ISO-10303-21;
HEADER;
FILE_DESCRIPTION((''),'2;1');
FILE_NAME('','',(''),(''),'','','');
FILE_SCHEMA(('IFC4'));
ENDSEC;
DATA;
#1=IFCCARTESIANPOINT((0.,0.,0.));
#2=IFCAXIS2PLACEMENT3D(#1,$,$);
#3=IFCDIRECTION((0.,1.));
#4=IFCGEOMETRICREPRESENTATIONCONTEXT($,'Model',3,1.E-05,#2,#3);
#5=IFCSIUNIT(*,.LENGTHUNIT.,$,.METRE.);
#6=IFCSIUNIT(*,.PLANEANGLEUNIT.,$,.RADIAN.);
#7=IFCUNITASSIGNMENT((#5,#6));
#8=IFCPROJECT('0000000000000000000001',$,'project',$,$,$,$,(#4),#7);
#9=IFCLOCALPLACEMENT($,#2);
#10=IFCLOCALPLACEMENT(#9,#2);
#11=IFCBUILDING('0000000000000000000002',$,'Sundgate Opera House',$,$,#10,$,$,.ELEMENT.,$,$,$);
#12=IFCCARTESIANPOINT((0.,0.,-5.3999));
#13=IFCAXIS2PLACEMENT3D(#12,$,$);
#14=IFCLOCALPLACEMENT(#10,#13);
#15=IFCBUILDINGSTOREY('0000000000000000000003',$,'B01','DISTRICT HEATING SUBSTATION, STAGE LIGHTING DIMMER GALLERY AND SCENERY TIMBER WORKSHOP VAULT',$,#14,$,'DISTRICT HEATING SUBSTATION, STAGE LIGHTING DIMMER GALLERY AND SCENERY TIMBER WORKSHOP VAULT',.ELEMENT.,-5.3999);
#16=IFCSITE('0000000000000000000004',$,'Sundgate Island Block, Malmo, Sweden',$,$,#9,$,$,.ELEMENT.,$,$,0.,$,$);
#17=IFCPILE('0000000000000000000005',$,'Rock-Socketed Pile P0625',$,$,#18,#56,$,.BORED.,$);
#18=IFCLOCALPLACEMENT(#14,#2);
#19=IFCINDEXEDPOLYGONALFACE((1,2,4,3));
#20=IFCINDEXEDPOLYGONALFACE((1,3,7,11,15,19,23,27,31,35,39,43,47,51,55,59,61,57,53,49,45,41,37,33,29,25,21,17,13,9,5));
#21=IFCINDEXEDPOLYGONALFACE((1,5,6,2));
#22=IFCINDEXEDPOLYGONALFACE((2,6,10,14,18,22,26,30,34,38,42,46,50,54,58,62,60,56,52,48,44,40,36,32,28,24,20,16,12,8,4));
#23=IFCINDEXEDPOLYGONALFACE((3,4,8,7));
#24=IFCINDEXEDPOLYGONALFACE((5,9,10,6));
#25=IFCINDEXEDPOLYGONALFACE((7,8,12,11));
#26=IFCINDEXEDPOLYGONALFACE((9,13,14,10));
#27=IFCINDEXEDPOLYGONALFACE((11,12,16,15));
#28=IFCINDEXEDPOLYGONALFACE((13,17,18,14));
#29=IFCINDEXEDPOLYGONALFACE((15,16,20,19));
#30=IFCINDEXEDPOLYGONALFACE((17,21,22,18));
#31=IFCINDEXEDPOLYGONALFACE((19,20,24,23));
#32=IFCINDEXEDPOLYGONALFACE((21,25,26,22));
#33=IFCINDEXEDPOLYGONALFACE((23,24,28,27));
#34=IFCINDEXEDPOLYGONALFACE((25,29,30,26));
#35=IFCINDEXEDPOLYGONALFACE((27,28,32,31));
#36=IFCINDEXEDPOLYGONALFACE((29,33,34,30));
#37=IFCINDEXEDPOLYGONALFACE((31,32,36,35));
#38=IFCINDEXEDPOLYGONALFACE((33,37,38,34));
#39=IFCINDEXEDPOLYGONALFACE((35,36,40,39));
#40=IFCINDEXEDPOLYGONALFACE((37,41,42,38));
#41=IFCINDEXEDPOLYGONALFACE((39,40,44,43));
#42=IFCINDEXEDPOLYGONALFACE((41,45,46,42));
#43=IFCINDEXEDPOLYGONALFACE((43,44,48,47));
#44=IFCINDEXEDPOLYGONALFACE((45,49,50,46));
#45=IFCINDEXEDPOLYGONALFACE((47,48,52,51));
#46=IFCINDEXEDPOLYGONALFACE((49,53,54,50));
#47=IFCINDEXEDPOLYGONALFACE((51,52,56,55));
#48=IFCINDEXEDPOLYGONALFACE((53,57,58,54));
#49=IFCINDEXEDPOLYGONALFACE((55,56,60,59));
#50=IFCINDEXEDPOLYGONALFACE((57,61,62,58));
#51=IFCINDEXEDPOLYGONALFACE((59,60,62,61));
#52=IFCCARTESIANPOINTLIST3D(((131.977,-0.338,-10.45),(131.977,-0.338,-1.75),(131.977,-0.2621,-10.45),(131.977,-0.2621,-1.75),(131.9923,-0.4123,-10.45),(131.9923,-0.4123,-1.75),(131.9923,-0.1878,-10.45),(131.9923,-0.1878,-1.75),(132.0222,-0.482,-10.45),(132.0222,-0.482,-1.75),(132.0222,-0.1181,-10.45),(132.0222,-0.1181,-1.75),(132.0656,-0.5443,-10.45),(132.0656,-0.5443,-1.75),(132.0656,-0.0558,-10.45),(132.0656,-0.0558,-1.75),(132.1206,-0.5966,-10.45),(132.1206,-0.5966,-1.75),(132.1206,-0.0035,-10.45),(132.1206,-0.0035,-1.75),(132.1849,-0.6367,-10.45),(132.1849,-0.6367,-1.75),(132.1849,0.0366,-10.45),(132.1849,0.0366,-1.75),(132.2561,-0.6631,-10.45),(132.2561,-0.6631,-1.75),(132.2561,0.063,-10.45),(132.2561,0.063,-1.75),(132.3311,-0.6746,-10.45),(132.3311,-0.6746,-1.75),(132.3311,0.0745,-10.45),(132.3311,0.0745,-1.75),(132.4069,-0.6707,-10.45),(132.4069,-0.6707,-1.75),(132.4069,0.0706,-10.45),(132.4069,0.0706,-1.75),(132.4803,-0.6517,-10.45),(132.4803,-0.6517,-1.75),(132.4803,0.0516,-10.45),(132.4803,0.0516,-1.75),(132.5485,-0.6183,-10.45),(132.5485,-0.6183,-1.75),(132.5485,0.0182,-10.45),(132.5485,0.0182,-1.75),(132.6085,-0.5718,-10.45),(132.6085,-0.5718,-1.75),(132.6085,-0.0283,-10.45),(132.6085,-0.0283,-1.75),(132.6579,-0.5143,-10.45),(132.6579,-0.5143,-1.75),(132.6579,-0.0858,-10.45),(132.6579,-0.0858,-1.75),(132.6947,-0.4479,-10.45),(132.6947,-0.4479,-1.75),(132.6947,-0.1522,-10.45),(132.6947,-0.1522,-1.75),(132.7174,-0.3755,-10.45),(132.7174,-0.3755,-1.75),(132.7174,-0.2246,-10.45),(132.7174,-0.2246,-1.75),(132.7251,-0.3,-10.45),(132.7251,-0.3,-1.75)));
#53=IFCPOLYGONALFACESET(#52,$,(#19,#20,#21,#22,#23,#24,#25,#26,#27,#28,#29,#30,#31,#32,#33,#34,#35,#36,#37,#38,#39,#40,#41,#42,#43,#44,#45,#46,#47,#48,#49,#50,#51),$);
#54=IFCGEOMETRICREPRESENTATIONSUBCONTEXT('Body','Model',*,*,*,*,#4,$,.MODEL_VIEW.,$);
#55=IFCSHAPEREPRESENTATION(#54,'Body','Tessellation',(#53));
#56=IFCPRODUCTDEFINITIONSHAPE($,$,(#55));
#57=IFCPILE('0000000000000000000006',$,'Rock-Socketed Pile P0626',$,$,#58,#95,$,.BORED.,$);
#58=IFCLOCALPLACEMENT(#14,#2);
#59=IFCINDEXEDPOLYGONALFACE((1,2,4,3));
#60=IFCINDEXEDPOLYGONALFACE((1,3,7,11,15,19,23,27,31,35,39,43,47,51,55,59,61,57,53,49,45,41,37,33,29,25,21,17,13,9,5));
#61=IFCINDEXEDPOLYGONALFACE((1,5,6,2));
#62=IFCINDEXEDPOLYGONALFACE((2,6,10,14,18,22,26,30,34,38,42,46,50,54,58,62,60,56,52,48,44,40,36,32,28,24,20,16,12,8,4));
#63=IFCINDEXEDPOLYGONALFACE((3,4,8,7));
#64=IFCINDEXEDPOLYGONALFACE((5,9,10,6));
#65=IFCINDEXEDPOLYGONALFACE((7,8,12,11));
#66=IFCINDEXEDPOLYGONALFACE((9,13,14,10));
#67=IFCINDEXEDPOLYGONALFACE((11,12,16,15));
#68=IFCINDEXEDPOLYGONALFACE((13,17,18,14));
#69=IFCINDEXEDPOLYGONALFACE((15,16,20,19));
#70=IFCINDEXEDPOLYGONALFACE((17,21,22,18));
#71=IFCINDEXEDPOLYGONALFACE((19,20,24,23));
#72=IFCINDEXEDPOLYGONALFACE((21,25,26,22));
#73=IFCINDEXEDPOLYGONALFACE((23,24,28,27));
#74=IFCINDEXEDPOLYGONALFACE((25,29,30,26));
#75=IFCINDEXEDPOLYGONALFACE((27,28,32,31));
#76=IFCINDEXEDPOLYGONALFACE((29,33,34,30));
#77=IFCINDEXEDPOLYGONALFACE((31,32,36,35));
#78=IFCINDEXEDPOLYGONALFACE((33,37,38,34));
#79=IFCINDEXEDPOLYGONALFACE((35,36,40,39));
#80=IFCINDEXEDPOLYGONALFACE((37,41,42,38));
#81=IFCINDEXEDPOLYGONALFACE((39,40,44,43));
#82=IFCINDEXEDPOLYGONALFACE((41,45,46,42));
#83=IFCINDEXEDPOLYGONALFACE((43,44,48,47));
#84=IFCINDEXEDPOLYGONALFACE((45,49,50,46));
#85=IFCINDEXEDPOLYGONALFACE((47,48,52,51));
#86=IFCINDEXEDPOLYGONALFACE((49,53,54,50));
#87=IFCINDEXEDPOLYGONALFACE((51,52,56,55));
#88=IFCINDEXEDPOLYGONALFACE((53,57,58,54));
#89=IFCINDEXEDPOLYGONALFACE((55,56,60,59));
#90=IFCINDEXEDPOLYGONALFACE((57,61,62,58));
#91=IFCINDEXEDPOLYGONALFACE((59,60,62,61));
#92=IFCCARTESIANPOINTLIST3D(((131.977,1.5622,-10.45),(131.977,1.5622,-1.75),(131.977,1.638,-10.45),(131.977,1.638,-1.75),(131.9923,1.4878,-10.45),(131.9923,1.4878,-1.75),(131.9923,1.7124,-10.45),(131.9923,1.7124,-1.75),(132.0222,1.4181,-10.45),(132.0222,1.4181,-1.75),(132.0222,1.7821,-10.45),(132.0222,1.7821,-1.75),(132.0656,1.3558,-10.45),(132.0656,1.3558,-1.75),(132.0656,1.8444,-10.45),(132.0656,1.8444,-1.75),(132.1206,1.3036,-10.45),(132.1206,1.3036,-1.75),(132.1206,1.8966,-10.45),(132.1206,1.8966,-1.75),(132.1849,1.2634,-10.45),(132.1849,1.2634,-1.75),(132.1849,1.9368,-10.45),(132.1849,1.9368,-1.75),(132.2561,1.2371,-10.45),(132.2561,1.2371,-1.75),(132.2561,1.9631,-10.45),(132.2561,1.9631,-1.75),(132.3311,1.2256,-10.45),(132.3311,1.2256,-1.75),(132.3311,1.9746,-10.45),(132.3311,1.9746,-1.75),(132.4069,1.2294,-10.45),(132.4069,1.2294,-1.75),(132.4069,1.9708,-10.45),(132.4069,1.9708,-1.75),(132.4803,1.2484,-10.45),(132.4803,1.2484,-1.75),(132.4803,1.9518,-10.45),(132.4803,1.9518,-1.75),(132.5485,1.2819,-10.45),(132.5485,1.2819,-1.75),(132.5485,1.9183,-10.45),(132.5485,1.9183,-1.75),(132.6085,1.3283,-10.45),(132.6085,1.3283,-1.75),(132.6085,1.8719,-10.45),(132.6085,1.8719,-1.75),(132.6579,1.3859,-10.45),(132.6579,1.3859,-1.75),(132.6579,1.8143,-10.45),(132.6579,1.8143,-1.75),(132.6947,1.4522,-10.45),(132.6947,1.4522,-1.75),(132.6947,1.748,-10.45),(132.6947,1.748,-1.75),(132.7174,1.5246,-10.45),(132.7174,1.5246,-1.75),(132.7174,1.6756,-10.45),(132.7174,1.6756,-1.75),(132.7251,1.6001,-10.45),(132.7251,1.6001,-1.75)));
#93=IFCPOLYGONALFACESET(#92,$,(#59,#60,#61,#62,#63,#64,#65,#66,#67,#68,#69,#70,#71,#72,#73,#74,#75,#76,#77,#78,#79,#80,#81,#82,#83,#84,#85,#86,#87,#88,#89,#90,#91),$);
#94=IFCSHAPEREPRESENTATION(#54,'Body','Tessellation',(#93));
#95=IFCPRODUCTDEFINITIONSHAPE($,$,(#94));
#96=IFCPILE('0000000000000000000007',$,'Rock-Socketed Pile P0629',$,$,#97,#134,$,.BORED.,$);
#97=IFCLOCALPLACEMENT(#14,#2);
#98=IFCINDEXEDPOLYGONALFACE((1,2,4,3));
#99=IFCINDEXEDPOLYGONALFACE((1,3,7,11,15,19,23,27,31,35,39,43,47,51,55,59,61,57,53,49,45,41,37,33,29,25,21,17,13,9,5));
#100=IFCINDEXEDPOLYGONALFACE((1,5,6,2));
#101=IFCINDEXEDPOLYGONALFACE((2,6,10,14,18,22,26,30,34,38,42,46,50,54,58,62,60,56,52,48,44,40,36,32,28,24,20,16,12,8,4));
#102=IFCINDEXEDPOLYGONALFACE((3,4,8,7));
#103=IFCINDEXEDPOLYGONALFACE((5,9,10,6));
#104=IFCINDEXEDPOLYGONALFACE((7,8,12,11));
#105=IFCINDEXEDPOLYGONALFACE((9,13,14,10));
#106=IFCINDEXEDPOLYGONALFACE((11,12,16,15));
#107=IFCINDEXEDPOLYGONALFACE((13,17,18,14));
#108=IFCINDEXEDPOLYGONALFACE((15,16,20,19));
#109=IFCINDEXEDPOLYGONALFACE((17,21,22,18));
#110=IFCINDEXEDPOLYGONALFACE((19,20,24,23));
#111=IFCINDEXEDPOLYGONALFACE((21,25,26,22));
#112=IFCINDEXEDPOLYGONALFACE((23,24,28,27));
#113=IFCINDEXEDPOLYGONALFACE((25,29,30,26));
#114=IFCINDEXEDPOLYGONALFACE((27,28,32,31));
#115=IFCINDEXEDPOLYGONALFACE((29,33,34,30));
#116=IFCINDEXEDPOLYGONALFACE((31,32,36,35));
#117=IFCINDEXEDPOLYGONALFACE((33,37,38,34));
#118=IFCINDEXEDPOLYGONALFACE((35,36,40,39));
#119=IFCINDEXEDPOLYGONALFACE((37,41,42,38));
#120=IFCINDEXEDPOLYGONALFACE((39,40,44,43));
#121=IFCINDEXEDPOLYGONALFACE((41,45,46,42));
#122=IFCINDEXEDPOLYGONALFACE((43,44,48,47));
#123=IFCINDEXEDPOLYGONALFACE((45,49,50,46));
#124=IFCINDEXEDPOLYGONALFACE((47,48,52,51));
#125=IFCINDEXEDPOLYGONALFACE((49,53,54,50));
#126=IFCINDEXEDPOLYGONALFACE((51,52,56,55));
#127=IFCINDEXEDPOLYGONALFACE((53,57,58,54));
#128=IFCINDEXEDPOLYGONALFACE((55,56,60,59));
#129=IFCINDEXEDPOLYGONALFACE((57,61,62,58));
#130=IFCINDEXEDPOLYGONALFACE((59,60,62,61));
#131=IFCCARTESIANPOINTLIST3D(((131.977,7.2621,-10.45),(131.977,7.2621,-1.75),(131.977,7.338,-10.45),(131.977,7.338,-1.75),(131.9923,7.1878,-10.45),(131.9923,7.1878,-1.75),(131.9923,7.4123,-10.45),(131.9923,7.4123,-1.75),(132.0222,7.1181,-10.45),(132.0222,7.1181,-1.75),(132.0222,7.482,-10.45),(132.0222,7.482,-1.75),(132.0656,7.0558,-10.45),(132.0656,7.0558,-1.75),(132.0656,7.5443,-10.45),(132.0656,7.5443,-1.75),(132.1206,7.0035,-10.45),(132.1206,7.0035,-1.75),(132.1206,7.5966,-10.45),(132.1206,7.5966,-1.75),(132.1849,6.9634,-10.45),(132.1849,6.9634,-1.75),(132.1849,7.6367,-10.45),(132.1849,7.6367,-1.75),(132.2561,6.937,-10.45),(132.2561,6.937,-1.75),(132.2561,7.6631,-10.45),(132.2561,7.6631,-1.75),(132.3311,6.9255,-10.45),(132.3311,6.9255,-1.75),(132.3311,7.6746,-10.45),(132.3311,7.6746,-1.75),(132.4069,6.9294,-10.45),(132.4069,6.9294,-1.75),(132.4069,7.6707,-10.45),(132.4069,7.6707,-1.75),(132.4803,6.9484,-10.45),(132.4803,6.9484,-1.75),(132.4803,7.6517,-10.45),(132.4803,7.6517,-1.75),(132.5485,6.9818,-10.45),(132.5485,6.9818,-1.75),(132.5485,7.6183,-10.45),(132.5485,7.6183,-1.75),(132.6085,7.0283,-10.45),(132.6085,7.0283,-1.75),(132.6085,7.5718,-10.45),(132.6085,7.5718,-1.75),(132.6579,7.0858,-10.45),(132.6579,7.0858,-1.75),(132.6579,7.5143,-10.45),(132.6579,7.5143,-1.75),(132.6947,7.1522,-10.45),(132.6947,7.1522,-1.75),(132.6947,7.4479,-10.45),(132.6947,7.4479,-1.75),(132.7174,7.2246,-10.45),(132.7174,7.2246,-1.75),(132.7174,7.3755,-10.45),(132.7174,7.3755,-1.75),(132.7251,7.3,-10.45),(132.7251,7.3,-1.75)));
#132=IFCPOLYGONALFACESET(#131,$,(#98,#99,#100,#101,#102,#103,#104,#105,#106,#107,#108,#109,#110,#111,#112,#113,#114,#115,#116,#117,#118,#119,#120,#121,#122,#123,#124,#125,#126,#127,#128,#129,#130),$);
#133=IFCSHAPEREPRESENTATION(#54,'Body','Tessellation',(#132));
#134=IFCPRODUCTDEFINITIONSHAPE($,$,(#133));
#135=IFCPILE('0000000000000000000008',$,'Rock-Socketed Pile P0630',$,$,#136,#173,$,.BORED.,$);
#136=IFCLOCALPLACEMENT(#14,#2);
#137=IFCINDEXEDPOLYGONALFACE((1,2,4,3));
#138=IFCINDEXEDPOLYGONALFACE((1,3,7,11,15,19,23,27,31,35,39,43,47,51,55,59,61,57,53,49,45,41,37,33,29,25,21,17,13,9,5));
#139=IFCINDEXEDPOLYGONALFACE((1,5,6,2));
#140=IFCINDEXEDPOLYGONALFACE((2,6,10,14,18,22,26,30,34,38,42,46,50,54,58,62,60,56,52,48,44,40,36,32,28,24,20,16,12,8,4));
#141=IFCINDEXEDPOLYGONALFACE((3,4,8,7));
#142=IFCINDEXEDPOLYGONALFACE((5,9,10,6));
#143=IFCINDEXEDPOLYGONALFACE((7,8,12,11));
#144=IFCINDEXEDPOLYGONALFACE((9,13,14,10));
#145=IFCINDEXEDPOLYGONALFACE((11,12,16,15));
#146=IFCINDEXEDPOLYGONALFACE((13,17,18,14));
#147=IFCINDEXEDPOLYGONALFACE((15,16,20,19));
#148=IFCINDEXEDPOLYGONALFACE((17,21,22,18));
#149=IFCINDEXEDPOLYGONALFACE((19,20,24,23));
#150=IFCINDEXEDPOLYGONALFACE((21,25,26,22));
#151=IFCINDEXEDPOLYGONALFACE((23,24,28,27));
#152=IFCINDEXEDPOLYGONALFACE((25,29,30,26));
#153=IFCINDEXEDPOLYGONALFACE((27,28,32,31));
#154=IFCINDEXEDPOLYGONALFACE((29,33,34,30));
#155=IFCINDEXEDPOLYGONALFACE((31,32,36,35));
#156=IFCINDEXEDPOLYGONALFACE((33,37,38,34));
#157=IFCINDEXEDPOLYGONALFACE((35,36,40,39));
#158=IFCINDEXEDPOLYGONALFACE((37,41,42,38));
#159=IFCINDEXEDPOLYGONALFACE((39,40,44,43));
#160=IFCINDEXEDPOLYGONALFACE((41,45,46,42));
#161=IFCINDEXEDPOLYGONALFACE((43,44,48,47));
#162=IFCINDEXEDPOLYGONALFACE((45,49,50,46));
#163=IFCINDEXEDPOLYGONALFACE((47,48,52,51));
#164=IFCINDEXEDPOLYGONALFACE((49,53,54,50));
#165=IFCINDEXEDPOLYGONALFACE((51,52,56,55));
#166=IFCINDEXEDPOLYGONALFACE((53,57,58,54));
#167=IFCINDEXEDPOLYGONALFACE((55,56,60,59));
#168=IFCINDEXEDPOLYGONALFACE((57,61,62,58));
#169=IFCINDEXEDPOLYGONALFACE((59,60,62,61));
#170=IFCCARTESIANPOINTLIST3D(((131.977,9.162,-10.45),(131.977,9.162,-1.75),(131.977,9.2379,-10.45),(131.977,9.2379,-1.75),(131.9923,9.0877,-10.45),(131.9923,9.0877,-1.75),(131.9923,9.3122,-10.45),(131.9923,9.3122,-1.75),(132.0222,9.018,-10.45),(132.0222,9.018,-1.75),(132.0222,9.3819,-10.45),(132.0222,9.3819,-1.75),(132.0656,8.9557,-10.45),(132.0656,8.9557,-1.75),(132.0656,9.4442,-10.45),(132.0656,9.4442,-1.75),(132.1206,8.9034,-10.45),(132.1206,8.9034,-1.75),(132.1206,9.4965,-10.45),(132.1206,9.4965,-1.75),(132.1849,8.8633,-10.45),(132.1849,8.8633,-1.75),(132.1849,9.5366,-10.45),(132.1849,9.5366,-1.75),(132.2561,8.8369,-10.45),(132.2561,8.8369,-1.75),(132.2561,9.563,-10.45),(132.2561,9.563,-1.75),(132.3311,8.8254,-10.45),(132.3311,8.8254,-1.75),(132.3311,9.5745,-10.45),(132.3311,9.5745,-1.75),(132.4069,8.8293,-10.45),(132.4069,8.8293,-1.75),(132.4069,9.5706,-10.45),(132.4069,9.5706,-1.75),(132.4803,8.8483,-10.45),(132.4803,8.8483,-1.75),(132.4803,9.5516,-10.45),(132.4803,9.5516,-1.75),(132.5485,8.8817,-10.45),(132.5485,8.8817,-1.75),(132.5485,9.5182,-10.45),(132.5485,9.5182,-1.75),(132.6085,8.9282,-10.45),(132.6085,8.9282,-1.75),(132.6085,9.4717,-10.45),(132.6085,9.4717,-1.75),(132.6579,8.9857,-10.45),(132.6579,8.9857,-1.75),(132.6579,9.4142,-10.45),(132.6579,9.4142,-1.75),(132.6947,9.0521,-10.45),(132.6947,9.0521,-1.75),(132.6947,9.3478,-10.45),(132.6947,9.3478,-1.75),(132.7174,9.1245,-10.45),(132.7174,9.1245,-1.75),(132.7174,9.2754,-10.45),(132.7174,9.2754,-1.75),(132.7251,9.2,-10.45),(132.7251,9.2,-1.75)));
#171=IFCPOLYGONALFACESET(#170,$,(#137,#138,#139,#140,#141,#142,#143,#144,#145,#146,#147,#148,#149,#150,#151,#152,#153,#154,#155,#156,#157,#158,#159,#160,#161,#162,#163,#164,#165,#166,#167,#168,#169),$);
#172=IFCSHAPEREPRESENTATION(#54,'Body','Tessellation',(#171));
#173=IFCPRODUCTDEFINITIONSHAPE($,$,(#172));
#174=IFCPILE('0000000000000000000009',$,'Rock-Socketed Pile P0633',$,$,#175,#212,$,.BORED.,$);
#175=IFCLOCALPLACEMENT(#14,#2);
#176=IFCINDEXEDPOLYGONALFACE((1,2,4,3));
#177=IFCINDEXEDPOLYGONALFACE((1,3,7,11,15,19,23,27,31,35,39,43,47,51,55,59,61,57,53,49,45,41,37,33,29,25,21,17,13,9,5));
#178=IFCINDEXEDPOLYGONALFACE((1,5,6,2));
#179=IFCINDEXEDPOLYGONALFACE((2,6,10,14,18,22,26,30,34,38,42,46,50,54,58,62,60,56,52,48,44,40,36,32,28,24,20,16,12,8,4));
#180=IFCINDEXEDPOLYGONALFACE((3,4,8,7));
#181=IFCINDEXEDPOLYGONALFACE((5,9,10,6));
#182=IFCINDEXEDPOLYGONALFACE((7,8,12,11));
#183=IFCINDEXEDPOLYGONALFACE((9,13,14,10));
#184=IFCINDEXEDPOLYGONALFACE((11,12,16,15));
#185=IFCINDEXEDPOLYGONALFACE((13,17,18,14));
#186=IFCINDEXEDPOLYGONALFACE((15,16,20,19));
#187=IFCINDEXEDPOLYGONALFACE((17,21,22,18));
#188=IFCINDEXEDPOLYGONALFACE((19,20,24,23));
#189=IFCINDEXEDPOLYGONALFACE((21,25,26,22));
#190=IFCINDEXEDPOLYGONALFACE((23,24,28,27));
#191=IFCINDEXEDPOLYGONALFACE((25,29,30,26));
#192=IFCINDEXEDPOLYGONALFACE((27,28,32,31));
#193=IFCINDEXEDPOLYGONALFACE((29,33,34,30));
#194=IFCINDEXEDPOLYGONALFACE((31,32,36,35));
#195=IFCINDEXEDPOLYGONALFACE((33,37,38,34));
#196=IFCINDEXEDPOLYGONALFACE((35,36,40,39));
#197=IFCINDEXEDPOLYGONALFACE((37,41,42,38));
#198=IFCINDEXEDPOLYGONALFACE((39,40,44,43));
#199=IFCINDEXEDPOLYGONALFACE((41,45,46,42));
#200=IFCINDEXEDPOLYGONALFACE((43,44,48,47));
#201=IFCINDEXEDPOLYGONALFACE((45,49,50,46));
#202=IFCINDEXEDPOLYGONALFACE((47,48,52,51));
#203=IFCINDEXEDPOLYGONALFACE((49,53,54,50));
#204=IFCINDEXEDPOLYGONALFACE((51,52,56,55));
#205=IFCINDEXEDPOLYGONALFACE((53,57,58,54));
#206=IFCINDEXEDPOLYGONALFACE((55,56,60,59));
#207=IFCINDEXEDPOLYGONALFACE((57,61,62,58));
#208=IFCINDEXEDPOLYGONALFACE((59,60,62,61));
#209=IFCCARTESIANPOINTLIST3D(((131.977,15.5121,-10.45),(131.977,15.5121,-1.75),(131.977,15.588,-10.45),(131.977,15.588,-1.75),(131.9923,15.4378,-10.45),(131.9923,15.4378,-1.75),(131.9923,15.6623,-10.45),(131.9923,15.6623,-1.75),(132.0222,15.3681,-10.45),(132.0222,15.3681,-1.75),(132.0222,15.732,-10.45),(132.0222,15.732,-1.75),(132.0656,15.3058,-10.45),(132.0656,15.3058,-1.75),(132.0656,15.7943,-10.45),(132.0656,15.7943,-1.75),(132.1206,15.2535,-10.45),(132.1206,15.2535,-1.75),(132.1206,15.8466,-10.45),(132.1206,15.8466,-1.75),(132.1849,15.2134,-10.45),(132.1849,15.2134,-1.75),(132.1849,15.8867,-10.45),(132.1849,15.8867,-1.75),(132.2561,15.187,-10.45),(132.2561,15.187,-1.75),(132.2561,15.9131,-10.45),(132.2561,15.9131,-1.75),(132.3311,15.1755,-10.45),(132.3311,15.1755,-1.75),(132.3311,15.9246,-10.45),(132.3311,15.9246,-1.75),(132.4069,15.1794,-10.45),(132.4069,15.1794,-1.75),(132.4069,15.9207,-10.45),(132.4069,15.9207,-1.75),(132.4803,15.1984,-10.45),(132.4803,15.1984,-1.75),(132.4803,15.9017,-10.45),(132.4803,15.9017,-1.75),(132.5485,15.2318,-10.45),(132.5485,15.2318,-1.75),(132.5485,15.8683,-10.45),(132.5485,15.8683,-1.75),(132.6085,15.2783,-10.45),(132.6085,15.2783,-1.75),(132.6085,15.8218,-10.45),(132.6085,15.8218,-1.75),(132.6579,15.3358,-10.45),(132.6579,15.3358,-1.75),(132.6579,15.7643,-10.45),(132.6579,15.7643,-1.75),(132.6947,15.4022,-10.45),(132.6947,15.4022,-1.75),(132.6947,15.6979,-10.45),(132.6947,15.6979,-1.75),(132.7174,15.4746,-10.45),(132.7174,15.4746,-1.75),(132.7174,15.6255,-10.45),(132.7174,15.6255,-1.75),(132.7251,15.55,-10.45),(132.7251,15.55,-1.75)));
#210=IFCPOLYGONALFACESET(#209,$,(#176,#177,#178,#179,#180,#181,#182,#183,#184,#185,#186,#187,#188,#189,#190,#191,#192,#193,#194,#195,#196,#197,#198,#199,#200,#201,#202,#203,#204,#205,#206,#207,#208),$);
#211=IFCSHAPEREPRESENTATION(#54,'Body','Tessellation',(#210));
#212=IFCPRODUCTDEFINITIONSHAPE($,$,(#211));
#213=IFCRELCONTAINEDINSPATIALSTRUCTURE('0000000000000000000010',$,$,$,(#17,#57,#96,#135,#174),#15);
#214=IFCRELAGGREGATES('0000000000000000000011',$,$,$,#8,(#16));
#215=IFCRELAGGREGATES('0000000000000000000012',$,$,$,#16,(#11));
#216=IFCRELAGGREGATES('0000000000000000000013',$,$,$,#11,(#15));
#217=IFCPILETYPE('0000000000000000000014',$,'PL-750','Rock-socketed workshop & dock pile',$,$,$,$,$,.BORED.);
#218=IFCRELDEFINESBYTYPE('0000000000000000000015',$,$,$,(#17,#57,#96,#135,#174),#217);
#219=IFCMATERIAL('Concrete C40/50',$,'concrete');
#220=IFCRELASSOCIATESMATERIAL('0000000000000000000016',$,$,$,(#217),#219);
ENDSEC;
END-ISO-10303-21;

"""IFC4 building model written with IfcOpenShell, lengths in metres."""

from ifc_helpers import new_model, si_unit, direction, frame, origin, origin_2d, place, context, subcontext, project, spatial, circle, extrude, material, material_profile, profile_set, type_object, element, save


model = new_model("IFC4")

# Units and contexts
model_context = context("Model", 3, precision=1e-05, world=origin(), true_north=direction((0.0, 1.0)))
body_context = subcontext(model_context, "Body", "Model", "MODEL_VIEW")
ifc_project = project(units=[si_unit("LENGTHUNIT", "METRE"), si_unit("PLANEANGLEUNIT", "RADIAN")], contexts=[model_context])

# Site, building, storey
site_placement = place(None, origin())
site = spatial("IfcSite", under=ifc_project, at=site_placement, Name="Sundgate Island Block, Malmo, Sweden", CompositionType="ELEMENT", RefElevation=0.0)
building_placement = place(site_placement, origin())
building = spatial("IfcBuilding", under=site, at=building_placement, Name="Sundgate Opera House", CompositionType="ELEMENT")
storey_placement = place(building_placement, frame((0.0, 0.0, -5.3999)))
storey = spatial("IfcBuildingStorey", under=building, at=storey_placement, Name="B01", Description="DISTRICT HEATING SUBSTATION, STAGE LIGHTING DIMMER GALLERY AND SCENERY TIMBER WORKSHOP VAULT", LongName="DISTRICT HEATING SUBSTATION, STAGE LIGHTING DIMMER GALLERY AND SCENERY TIMBER WORKSHOP VAULT", CompositionType="ELEMENT", Elevation=-5.3999)

# Piles
ifc_material_1 = material(Name="Concrete C40/50", Category="concrete")
ifc_material_profile_1 = material_profile(ifc_material_1, circle(Radius=0.375, at=origin_2d()), Name="PILE D750")
ifc_profile_set_1 = profile_set([ifc_material_profile_1], Name="Concrete C40/50")
pile_type = type_object("IfcPileType", Name="PL-750", Description="Rock-socketed workshop & dock pile", PredefinedType="BORED", material=ifc_profile_set_1)
for number, where, z_axis, x_axis, name in (
    (1, (132.3501, -0.3, -1.75), (0.0, 0.0, -1.0), (1.0, 0.0, 0.0), "Rock-Socketed Pile P0625"),
    (2, (132.3501, 1.6001, -1.75), (0.0, 0.0, -1.0), (1.0, 0.0, 0.0), "Rock-Socketed Pile P0626"),
    (3, (132.3501, 7.3, -1.75), (0.0, 0.0, -1.0), (1.0, 0.0, 0.0), "Rock-Socketed Pile P0629"),
    (4, (132.3501, 9.2, -1.75), (0.0, 0.0, -1.0), (1.0, 0.0, 0.0), "Rock-Socketed Pile P0630"),
    (5, (132.3501, 15.55, -1.75), (0.0, 0.0, -1.0), (1.0, 0.0, 0.0), "Rock-Socketed Pile P0633"),
):
    element("IfcPile", number, at=place(storey_placement, frame(where, z_axis=z_axis, x_axis=x_axis)), inside=storey, type_object=pile_type, Name=name, PredefinedType="BORED", context=body_context, shape_type="SweptSolid", body=[
        extrude(circle(Radius=0.375, at=origin_2d()), origin(), (0.0, 0.0, 1.0), 8.7),
    ])

save(model, "model.ifc")
